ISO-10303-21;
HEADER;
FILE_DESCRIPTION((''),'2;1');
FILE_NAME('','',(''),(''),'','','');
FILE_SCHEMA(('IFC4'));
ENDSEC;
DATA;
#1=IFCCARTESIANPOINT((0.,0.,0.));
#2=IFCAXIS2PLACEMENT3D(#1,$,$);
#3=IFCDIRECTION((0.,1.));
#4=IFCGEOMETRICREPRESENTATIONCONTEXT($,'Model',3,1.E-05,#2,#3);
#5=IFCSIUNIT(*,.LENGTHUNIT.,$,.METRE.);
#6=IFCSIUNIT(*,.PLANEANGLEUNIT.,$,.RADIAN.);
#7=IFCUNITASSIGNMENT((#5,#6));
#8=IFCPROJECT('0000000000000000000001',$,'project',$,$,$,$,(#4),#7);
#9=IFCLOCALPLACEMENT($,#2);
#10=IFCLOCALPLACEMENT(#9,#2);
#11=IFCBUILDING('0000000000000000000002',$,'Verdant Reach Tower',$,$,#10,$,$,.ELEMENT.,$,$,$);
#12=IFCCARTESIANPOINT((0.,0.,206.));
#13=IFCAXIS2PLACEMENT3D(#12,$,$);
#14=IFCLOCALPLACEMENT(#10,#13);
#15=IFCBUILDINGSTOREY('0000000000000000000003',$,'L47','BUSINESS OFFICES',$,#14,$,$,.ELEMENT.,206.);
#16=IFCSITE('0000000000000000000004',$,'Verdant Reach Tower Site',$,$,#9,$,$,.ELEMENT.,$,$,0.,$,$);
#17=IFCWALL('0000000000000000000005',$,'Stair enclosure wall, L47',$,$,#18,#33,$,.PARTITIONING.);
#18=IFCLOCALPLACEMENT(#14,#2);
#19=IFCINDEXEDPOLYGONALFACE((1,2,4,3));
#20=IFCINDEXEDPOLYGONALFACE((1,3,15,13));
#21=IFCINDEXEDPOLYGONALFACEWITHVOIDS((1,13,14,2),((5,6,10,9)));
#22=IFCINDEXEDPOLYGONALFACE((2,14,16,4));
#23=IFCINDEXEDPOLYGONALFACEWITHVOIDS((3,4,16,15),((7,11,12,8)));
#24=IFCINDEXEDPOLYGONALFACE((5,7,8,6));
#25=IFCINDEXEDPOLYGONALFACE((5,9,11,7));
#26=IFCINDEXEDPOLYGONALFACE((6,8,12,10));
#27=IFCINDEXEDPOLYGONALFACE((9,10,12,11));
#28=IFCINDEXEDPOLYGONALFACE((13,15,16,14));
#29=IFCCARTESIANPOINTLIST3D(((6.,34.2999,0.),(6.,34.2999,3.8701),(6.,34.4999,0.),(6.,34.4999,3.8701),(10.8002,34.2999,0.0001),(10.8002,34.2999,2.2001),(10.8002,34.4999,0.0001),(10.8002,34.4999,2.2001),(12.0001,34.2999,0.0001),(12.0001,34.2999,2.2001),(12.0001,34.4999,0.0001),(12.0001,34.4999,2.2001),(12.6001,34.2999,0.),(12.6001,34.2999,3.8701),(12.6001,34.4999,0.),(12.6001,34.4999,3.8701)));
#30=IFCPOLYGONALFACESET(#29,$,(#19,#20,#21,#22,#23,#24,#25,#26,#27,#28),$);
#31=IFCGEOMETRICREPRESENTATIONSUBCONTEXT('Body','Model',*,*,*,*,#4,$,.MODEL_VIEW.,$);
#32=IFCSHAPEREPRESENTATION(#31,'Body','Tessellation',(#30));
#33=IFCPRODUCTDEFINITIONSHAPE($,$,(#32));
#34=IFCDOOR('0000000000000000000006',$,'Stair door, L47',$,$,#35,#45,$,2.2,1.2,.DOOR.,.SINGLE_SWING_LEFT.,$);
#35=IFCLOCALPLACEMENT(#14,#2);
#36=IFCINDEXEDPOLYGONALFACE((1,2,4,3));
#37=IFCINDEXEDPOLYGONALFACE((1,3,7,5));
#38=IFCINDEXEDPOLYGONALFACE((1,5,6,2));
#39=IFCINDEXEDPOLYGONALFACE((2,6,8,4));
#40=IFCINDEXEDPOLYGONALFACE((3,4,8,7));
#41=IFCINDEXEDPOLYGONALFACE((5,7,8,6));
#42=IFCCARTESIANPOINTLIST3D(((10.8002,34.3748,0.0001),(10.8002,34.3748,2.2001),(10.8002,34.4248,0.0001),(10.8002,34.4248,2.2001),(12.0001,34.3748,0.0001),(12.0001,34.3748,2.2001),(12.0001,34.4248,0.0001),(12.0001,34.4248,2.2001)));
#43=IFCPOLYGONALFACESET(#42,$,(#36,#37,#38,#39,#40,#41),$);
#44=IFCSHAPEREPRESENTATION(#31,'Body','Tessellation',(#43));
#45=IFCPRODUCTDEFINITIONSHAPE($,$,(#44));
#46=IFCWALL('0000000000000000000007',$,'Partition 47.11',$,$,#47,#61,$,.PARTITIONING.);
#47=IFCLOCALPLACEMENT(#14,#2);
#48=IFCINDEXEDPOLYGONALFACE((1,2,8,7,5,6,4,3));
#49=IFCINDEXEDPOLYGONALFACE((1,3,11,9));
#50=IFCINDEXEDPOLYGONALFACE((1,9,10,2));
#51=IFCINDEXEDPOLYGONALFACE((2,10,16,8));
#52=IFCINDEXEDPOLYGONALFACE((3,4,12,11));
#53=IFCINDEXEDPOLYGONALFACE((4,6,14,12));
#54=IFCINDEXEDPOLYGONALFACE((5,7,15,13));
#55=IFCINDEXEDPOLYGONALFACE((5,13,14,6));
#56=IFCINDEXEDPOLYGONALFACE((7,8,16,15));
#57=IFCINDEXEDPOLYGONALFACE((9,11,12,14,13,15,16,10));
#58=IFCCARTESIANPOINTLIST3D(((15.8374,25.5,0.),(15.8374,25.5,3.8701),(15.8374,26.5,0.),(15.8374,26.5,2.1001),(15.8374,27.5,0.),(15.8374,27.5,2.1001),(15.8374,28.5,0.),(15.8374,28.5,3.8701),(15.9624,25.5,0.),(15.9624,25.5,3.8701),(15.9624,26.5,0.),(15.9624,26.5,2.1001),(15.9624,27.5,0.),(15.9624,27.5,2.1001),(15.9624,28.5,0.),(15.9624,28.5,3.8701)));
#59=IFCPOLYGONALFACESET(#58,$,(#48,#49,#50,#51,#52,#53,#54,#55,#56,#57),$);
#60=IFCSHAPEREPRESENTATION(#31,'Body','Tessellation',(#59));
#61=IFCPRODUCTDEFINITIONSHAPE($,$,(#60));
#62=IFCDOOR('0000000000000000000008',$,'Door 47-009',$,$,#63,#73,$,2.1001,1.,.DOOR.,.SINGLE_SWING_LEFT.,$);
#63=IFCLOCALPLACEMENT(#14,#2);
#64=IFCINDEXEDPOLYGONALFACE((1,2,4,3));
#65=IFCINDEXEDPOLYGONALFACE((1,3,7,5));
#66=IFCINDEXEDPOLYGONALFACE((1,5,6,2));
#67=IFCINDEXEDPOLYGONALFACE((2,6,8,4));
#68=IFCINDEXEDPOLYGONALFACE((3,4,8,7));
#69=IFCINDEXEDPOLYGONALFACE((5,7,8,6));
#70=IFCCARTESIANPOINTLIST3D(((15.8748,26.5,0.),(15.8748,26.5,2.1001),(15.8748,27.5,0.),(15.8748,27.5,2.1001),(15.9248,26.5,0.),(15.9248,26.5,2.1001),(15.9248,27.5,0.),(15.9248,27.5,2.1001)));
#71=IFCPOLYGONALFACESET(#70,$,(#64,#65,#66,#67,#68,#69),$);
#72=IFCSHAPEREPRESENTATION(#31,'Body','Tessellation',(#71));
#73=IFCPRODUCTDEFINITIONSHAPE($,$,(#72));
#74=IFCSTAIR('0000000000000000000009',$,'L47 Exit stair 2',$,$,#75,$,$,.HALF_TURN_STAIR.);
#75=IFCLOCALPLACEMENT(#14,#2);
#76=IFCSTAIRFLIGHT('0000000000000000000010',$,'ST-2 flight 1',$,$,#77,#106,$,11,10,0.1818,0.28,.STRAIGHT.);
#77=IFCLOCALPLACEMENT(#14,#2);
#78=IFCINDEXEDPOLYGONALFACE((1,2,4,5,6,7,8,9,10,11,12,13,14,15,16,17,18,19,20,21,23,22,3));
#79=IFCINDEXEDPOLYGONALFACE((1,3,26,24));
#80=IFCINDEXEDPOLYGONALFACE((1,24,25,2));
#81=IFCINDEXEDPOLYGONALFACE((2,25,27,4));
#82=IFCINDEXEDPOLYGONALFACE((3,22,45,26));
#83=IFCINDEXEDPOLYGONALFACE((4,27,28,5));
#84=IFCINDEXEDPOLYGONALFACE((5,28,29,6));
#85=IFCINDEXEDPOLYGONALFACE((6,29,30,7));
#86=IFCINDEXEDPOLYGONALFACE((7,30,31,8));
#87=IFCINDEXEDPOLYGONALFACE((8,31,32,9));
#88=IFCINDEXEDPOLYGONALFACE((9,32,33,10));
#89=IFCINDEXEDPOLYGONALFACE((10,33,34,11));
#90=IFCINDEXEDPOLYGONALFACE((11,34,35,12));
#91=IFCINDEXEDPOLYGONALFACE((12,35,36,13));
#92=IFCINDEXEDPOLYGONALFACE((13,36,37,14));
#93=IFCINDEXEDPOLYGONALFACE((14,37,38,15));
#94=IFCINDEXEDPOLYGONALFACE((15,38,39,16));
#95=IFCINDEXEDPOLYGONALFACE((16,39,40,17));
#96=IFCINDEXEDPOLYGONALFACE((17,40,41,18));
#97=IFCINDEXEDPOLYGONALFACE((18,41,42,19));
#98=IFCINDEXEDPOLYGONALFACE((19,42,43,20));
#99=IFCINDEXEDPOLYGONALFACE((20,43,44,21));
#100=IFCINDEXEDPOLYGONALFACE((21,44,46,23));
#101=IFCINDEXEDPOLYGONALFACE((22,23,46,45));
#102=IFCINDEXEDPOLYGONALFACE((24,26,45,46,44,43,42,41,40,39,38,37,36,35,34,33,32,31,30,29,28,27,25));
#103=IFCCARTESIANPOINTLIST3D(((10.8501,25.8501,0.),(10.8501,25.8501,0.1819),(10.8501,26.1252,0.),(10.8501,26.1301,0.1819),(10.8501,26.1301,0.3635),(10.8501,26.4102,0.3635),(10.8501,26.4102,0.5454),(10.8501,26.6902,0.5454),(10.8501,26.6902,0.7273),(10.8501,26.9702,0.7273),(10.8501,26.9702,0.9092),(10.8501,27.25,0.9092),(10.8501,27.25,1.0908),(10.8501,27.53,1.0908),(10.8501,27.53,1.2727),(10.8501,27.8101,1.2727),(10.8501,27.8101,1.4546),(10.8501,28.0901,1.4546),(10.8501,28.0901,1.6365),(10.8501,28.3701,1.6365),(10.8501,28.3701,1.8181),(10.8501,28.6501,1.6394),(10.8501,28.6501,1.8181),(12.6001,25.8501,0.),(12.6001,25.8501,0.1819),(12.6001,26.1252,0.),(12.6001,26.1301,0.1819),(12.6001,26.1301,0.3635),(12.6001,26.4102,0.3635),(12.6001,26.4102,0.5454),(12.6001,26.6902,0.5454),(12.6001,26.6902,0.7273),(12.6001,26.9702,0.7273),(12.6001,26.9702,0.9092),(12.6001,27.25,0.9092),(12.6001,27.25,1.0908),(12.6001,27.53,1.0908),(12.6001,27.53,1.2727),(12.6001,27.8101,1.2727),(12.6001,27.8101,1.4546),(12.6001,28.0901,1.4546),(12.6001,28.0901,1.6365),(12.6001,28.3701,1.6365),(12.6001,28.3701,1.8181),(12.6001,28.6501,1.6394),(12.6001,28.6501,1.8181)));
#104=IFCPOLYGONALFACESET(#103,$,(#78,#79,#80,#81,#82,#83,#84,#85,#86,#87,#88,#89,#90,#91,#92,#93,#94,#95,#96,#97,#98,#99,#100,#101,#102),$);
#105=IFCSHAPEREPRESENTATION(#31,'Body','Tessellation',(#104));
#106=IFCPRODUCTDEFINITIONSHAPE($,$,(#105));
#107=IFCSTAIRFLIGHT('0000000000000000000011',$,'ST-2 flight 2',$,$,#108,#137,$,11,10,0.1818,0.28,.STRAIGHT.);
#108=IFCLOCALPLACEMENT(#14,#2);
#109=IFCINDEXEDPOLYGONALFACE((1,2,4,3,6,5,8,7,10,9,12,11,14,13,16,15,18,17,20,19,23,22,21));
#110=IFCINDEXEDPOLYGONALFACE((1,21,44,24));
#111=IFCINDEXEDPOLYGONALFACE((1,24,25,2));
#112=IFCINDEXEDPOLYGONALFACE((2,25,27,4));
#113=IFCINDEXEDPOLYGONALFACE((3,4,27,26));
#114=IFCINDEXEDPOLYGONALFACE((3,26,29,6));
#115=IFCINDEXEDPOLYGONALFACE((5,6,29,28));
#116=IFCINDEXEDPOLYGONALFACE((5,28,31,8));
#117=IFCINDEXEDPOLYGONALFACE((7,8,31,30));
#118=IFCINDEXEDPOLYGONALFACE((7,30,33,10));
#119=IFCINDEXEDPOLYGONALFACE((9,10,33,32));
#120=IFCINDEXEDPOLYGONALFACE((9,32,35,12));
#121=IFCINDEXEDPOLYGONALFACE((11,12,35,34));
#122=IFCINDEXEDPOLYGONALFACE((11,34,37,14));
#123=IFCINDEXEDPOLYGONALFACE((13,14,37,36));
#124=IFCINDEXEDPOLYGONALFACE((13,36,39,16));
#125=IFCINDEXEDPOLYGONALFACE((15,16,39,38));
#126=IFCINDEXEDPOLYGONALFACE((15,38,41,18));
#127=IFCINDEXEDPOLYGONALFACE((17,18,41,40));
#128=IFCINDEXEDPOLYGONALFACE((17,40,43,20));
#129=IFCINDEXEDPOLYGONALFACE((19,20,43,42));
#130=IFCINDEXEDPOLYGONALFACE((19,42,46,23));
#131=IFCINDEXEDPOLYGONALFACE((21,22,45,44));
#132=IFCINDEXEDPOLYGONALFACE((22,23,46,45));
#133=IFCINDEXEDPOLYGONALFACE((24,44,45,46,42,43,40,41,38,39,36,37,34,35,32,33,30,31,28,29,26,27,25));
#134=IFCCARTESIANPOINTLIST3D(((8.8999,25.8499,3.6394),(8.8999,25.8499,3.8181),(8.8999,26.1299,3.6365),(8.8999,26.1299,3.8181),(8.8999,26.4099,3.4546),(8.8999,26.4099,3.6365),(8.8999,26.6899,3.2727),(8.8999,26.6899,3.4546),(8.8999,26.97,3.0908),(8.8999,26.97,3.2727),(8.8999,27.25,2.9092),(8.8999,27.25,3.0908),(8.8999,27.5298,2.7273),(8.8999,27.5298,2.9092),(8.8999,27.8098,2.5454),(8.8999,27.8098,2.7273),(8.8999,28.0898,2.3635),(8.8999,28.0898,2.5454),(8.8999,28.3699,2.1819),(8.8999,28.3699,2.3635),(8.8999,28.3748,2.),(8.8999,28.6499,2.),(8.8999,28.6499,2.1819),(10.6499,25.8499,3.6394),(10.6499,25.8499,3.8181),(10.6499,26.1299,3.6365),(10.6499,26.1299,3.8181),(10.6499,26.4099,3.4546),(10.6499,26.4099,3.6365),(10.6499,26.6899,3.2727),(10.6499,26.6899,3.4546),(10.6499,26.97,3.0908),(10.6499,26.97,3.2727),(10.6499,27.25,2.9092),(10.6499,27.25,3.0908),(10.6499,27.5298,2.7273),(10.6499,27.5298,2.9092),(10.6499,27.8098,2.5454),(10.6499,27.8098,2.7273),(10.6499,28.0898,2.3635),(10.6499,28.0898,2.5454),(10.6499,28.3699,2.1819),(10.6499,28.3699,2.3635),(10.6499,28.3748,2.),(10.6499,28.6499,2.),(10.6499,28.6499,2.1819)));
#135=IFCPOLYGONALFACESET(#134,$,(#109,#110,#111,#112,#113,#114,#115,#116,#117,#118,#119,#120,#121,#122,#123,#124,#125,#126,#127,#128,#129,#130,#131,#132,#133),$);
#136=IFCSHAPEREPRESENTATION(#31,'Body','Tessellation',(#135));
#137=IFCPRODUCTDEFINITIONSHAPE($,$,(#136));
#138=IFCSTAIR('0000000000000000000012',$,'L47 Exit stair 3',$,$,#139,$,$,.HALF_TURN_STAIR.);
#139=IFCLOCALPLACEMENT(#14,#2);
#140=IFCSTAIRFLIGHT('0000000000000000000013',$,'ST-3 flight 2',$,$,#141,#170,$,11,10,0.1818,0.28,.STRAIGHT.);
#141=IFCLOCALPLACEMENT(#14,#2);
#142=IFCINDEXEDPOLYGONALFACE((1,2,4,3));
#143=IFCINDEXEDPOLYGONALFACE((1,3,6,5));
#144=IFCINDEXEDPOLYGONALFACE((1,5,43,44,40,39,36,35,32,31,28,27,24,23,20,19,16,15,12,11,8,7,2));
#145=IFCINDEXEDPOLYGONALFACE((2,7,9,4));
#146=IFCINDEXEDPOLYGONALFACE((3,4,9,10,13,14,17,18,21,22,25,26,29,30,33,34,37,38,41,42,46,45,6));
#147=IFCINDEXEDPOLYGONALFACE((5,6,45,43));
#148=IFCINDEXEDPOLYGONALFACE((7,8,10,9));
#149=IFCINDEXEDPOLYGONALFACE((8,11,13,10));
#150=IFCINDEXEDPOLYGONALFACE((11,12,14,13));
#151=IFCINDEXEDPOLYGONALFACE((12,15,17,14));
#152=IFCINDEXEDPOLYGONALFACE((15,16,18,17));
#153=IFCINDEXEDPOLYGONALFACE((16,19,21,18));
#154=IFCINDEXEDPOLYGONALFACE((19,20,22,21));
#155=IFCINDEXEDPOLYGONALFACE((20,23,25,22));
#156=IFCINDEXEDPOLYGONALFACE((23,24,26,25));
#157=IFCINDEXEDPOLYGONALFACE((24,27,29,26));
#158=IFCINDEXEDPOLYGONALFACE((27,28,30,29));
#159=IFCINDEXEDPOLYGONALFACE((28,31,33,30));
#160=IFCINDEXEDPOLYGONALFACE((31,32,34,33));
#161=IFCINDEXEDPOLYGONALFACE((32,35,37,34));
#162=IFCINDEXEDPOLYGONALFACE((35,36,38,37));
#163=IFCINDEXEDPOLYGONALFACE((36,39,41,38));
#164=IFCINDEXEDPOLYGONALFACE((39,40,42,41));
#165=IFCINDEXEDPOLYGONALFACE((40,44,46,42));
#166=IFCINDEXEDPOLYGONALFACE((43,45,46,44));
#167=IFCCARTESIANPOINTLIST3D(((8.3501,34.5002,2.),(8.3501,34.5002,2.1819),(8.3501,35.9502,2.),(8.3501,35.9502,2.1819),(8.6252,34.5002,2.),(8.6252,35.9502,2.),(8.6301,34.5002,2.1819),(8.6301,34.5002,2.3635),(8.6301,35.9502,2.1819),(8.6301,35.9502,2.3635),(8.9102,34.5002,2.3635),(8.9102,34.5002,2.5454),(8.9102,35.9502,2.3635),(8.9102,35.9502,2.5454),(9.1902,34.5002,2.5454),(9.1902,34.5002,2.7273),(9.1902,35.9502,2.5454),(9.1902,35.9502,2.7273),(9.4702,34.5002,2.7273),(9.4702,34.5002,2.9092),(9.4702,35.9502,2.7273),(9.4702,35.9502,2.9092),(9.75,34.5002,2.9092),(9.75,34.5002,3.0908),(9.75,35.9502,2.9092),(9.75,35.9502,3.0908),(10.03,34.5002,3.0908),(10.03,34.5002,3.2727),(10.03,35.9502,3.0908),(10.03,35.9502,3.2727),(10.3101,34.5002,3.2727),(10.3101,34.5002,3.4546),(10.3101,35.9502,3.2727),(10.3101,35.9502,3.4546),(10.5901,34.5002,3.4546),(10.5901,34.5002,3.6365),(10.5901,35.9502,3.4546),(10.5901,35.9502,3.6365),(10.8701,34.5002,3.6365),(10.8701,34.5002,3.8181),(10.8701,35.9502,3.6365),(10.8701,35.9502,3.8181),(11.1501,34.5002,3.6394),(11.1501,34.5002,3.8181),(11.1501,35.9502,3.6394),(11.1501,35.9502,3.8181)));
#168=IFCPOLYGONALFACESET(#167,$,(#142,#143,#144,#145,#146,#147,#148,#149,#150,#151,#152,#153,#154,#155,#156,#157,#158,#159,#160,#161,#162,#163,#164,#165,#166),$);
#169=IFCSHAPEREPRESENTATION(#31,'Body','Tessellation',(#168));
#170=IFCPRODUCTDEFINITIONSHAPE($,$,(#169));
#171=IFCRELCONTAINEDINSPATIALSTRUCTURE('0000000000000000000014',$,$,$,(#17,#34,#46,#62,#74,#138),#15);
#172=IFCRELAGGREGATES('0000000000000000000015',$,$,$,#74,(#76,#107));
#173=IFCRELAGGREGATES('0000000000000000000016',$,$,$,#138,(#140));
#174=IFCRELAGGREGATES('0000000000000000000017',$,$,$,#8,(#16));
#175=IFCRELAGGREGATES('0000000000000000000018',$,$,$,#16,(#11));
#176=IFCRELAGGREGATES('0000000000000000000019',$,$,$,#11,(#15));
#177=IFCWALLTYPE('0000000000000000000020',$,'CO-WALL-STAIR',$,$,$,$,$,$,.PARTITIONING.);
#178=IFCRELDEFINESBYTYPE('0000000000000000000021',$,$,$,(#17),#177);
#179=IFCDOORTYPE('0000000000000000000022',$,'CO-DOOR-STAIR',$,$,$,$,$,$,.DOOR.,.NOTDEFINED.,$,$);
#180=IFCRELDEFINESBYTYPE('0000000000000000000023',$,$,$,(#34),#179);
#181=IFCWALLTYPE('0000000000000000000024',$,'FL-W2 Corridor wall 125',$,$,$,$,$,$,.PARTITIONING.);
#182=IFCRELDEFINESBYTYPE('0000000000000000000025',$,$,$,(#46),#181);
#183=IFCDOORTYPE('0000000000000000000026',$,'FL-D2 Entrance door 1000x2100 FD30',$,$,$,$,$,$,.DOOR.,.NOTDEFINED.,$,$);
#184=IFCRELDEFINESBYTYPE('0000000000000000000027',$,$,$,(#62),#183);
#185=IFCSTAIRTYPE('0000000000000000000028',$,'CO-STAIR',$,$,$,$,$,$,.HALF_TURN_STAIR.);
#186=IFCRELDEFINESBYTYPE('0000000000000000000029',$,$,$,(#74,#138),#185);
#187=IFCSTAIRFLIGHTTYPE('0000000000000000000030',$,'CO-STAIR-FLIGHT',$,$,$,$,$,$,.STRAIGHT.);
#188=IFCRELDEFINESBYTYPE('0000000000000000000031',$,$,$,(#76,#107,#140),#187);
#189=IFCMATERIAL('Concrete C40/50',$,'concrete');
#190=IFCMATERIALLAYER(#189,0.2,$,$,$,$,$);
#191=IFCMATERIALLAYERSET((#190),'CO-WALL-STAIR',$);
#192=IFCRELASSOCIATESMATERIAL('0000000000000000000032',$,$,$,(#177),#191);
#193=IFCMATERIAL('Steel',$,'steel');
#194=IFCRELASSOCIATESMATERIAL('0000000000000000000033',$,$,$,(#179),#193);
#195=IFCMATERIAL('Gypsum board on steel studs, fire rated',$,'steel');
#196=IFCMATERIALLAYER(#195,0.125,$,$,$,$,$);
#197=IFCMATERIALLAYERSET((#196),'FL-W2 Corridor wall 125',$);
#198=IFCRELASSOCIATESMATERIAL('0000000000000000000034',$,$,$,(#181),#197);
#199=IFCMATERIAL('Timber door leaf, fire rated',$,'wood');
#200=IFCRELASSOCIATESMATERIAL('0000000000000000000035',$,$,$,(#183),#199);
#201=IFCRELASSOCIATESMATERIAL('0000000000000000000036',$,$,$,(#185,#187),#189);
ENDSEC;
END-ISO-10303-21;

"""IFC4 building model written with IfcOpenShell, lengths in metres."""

from ifc_helpers import new_model, si_unit, direction, frame, frame_2d, origin, place, context, subcontext, project, spatial, polyline, rectangle, outline, extrude, material, layer, layer_set, type_object, element, fill, aggregate, save


model = new_model("IFC4")

# Units and contexts
model_context = context("Model", 3, precision=1e-05, world=origin(), true_north=direction((0.0, 1.0)))
body_context = subcontext(model_context, "Body", "Model", "MODEL_VIEW")
ifc_project = project(units=[si_unit("LENGTHUNIT", "METRE"), si_unit("PLANEANGLEUNIT", "RADIAN")], contexts=[model_context])

# Site, building, storey
site_placement = place(None, origin())
site = spatial("IfcSite", under=ifc_project, at=site_placement, Name="Verdant Reach Tower Site", CompositionType="ELEMENT", RefElevation=0.0)
building_placement = place(site_placement, origin())
building = spatial("IfcBuilding", under=site, at=building_placement, Name="Verdant Reach Tower", CompositionType="ELEMENT")
storey_placement = place(building_placement, frame((0.0, 0.0, 206.0)))
storey = spatial("IfcBuildingStorey", under=building, at=storey_placement, Name="L47", Description="BUSINESS OFFICES", CompositionType="ELEMENT", Elevation=206.0)

# Shared definitions
ifc_material_1 = material(Name="Concrete C40/50", Category="concrete")
ifc_layer_1 = layer(ifc_material_1, 0.2)
ifc_layer_set_1 = layer_set([ifc_layer_1], Name="CO-WALL-STAIR")
wall_type_1 = type_object("IfcWallType", Name="CO-WALL-STAIR", PredefinedType="PARTITIONING", material=ifc_layer_set_1)

# Walls, openings, doors
wall_1_placement = place(storey_placement, frame((6.0, 34.3999, 0.0), z_axis=(0.0, 0.0, 1.0), x_axis=(1.0, 0.0, 0.0)))
wall_1 = element("IfcWall", 1, at=wall_1_placement, inside=storey, type_object=wall_type_1, Name="Stair enclosure wall, L47", PredefinedType="PARTITIONING", context=body_context, shape_type="SweptSolid", body=[
    extrude(rectangle(XDim=6.6001, YDim=0.2, at=frame_2d((3.3, 0.0))), origin(), (0.0, 0.0, 1.0), 3.8701),
])
opening_1_placement = place(wall_1_placement, frame((4.8, 0.0, 0.0)))
opening_1 = element("IfcOpeningElement", 2, at=opening_1_placement, cuts=wall_1, PredefinedType="OPENING", context=body_context, shape_type="SweptSolid", body=[
    extrude(rectangle(XDim=1.2, YDim=2.2, at=frame_2d((0.6001, 1.1001))), frame((0.0, 0.1099, 0.0), z_axis=(0.0, -1.0, 0.0), x_axis=(1.0, 0.0, 0.0)), (0.0, 0.0, 1.0), 0.22),
])
ifc_material_2 = material(Name="Steel", Category="steel")
door_type_1 = type_object("IfcDoorType", Name="CO-DOOR-STAIR", OperationType="NOTDEFINED", PredefinedType="DOOR", material=ifc_material_2)
door_1_placement = place(opening_1_placement, origin())
door_1 = element("IfcDoor", 3, at=door_1_placement, inside=storey, type_object=door_type_1, Name="Stair door, L47", OperationType="SINGLE_SWING_LEFT", OverallHeight=2.2, OverallWidth=1.2, PredefinedType="DOOR", context=body_context, shape_type="SweptSolid", body=[
    extrude(rectangle(XDim=1.2, YDim=2.2, at=frame_2d((0.6001, 1.1001))), frame((0.0, 0.0249, 0.0), z_axis=(0.0, -1.0, 0.0), x_axis=(1.0, 0.0, 0.0)), (0.0, 0.0, 1.0), 0.05),
])
fill(opening_1, door_1)
ifc_material_3 = material(Name="Gypsum board on steel studs, fire rated", Category="steel")
ifc_layer_2 = layer(ifc_material_3, 0.125)
ifc_layer_set_2 = layer_set([ifc_layer_2], Name="FL-W2 Corridor wall 125")
wall_type_2 = type_object("IfcWallType", Name="FL-W2 Corridor wall 125", PredefinedType="PARTITIONING", material=ifc_layer_set_2)
wall_2_placement = place(storey_placement, frame((15.8999, 28.5, 0.0), z_axis=(0.0, 0.0, 1.0), x_axis=(0.0, -1.0, 0.0)))
wall_2 = element("IfcWall", 4, at=wall_2_placement, inside=storey, type_object=wall_type_2, Name="Partition 47.11", PredefinedType="PARTITIONING", context=body_context, shape_type="SweptSolid", body=[
    extrude(rectangle(XDim=3.0, YDim=0.125, at=frame_2d((1.5, 0.0))), origin(), (0.0, 0.0, 1.0), 3.8701),
])
opening_2_placement = place(wall_2_placement, frame((1.0, 0.0, 0.0)))
opening_2 = element("IfcOpeningElement", 5, at=opening_2_placement, cuts=wall_2, PredefinedType="OPENING", context=body_context, shape_type="SweptSolid", body=[
    extrude(rectangle(XDim=1.0, YDim=2.1001, at=frame_2d((0.5, 1.05))), frame((0.0, 0.0725, 0.0), z_axis=(0.0, -1.0, 0.0), x_axis=(1.0, 0.0, 0.0)), (0.0, 0.0, 1.0), 0.145),
])
ifc_material_4 = material(Name="Timber door leaf, fire rated", Category="wood")
door_type_2 = type_object("IfcDoorType", Name="FL-D2 Entrance door 1000x2100 FD30", OperationType="NOTDEFINED", PredefinedType="DOOR", material=ifc_material_4)
door_2_placement = place(opening_2_placement, origin())
door_2 = element("IfcDoor", 6, at=door_2_placement, inside=storey, type_object=door_type_2, Name="Door 47-009", OperationType="SINGLE_SWING_LEFT", OverallHeight=2.1001, OverallWidth=1.0, PredefinedType="DOOR", context=body_context, shape_type="SweptSolid", body=[
    extrude(rectangle(XDim=1.0, YDim=2.1001, at=frame_2d((0.5, 1.05))), frame((0.0, 0.0249, 0.0), z_axis=(0.0, -1.0, 0.0), x_axis=(1.0, 0.0, 0.0)), (0.0, 0.0, 1.0), 0.05),
])
fill(opening_2, door_2)

# Stair, stair flights
stair_type = type_object("IfcStairType", Name="CO-STAIR", PredefinedType="HALF_TURN_STAIR", material=ifc_material_1)
stair_1_placement = place(storey_placement, origin())
stair_1 = element("IfcStair", 7, at=stair_1_placement, inside=storey, type_object=stair_type, Name="L47 Exit stair 2", PredefinedType="HALF_TURN_STAIR")
stair_flight_type = type_object("IfcStairFlightType", Name="CO-STAIR-FLIGHT", PredefinedType="STRAIGHT", material=ifc_material_1)
stair_flight_1_placement = place(storey_placement, frame((11.7251, 25.8501, 0.0), z_axis=(0.0, 0.0, 1.0), x_axis=(0.0, 1.0, 0.0)))
stair_flight_1 = element("IfcStairFlight", 8, at=stair_flight_1_placement, type_object=stair_flight_type, Name="ST-2 flight 1", NumberOfRisers=11, NumberOfTreads=10, PredefinedType="STRAIGHT", RiserHeight=0.1818, TreadLength=0.28, context=body_context, shape_type="SweptSolid", body=[
    extrude(outline(polyline([(0.0, 0.0), (0.0, 0.1819), (0.28, 0.1819), (0.28, 0.3635), (0.5601, 0.3635), (0.5601, 0.5454), (0.8401, 0.5454), (0.8401, 0.7273), (1.1201, 0.7273), (1.1201, 0.9092), (1.3999, 0.9092), (1.3999, 1.0908), (1.6799, 1.0908), (1.6799, 1.2727), (1.96, 1.2727), (1.96, 1.4546), (2.24, 1.4546), (2.24, 1.6365), (2.52, 1.6365), (2.52, 1.8181), (2.8, 1.8181), (2.8, 2.0), (2.8, 1.6394), (0.2751, 0.0), (0.0, 0.0)])), frame((0.0, 0.875, 0.0), z_axis=(0.0, -1.0, 0.0), x_axis=(1.0, 0.0, 0.0)), (0.0, 0.0, 1.0), 1.75),
])
stair_flight_2_placement = place(storey_placement, frame((9.7749, 28.6499, 2.0), z_axis=(0.0, 0.0, 1.0), x_axis=(0.0, -1.0, 0.0)))
stair_flight_2 = element("IfcStairFlight", 9, at=stair_flight_2_placement, type_object=stair_flight_type, Name="ST-2 flight 2", NumberOfRisers=11, NumberOfTreads=10, PredefinedType="STRAIGHT", RiserHeight=0.1818, TreadLength=0.28, context=body_context, shape_type="SweptSolid", body=[
    extrude(outline(polyline([(0.0, 0.0), (0.0, 0.1819), (0.28, 0.1819), (0.28, 0.3635), (0.5601, 0.3635), (0.5601, 0.5454), (0.8401, 0.5454), (0.8401, 0.7273), (1.1201, 0.7273), (1.1201, 0.9092), (1.3999, 0.9092), (1.3999, 1.0908), (1.6799, 1.0908), (1.6799, 1.2727), (1.96, 1.2727), (1.96, 1.4546), (2.24, 1.4546), (2.24, 1.6365), (2.52, 1.6365), (2.52, 1.8181), (2.8, 1.8181), (2.8, 2.0), (2.8, 1.6394), (0.2751, 0.0), (0.0, 0.0)])), frame((0.0, 0.875, 0.0), z_axis=(0.0, -1.0, 0.0), x_axis=(1.0, 0.0, 0.0)), (0.0, 0.0, 1.0), 1.75),
])
aggregate(stair_1, [stair_flight_1, stair_flight_2])

# Stair, stair flight
stair_2_placement = place(storey_placement, origin())
stair_2 = element("IfcStair", 10, at=stair_2_placement, inside=storey, type_object=stair_type, Name="L47 Exit stair 3", PredefinedType="HALF_TURN_STAIR")
stair_flight_3_placement = place(storey_placement, frame((8.3501, 35.2251, 2.0), z_axis=(0.0, 0.0, 1.0), x_axis=(1.0, 0.0, 0.0)))
stair_flight_3 = element("IfcStairFlight", 11, at=stair_flight_3_placement, type_object=stair_flight_type, Name="ST-3 flight 2", NumberOfRisers=11, NumberOfTreads=10, PredefinedType="STRAIGHT", RiserHeight=0.1818, TreadLength=0.28, context=body_context, shape_type="SweptSolid", body=[
    extrude(outline(polyline([(0.0, 0.0), (0.0, 0.1819), (0.28, 0.1819), (0.28, 0.3635), (0.5601, 0.3635), (0.5601, 0.5454), (0.8401, 0.5454), (0.8401, 0.7273), (1.1201, 0.7273), (1.1201, 0.9092), (1.3999, 0.9092), (1.3999, 1.0908), (1.6799, 1.0908), (1.6799, 1.2727), (1.96, 1.2727), (1.96, 1.4546), (2.24, 1.4546), (2.24, 1.6365), (2.52, 1.6365), (2.52, 1.8181), (2.8, 1.8181), (2.8, 2.0), (2.8, 1.6394), (0.2751, 0.0), (0.0, 0.0)])), frame((0.0, 0.7251, 0.0), z_axis=(0.0, -1.0, 0.0), x_axis=(1.0, 0.0, 0.0)), (0.0, 0.0, 1.0), 1.45),
])
aggregate(stair_2, [stair_flight_3])

save(model, "model.ifc")
